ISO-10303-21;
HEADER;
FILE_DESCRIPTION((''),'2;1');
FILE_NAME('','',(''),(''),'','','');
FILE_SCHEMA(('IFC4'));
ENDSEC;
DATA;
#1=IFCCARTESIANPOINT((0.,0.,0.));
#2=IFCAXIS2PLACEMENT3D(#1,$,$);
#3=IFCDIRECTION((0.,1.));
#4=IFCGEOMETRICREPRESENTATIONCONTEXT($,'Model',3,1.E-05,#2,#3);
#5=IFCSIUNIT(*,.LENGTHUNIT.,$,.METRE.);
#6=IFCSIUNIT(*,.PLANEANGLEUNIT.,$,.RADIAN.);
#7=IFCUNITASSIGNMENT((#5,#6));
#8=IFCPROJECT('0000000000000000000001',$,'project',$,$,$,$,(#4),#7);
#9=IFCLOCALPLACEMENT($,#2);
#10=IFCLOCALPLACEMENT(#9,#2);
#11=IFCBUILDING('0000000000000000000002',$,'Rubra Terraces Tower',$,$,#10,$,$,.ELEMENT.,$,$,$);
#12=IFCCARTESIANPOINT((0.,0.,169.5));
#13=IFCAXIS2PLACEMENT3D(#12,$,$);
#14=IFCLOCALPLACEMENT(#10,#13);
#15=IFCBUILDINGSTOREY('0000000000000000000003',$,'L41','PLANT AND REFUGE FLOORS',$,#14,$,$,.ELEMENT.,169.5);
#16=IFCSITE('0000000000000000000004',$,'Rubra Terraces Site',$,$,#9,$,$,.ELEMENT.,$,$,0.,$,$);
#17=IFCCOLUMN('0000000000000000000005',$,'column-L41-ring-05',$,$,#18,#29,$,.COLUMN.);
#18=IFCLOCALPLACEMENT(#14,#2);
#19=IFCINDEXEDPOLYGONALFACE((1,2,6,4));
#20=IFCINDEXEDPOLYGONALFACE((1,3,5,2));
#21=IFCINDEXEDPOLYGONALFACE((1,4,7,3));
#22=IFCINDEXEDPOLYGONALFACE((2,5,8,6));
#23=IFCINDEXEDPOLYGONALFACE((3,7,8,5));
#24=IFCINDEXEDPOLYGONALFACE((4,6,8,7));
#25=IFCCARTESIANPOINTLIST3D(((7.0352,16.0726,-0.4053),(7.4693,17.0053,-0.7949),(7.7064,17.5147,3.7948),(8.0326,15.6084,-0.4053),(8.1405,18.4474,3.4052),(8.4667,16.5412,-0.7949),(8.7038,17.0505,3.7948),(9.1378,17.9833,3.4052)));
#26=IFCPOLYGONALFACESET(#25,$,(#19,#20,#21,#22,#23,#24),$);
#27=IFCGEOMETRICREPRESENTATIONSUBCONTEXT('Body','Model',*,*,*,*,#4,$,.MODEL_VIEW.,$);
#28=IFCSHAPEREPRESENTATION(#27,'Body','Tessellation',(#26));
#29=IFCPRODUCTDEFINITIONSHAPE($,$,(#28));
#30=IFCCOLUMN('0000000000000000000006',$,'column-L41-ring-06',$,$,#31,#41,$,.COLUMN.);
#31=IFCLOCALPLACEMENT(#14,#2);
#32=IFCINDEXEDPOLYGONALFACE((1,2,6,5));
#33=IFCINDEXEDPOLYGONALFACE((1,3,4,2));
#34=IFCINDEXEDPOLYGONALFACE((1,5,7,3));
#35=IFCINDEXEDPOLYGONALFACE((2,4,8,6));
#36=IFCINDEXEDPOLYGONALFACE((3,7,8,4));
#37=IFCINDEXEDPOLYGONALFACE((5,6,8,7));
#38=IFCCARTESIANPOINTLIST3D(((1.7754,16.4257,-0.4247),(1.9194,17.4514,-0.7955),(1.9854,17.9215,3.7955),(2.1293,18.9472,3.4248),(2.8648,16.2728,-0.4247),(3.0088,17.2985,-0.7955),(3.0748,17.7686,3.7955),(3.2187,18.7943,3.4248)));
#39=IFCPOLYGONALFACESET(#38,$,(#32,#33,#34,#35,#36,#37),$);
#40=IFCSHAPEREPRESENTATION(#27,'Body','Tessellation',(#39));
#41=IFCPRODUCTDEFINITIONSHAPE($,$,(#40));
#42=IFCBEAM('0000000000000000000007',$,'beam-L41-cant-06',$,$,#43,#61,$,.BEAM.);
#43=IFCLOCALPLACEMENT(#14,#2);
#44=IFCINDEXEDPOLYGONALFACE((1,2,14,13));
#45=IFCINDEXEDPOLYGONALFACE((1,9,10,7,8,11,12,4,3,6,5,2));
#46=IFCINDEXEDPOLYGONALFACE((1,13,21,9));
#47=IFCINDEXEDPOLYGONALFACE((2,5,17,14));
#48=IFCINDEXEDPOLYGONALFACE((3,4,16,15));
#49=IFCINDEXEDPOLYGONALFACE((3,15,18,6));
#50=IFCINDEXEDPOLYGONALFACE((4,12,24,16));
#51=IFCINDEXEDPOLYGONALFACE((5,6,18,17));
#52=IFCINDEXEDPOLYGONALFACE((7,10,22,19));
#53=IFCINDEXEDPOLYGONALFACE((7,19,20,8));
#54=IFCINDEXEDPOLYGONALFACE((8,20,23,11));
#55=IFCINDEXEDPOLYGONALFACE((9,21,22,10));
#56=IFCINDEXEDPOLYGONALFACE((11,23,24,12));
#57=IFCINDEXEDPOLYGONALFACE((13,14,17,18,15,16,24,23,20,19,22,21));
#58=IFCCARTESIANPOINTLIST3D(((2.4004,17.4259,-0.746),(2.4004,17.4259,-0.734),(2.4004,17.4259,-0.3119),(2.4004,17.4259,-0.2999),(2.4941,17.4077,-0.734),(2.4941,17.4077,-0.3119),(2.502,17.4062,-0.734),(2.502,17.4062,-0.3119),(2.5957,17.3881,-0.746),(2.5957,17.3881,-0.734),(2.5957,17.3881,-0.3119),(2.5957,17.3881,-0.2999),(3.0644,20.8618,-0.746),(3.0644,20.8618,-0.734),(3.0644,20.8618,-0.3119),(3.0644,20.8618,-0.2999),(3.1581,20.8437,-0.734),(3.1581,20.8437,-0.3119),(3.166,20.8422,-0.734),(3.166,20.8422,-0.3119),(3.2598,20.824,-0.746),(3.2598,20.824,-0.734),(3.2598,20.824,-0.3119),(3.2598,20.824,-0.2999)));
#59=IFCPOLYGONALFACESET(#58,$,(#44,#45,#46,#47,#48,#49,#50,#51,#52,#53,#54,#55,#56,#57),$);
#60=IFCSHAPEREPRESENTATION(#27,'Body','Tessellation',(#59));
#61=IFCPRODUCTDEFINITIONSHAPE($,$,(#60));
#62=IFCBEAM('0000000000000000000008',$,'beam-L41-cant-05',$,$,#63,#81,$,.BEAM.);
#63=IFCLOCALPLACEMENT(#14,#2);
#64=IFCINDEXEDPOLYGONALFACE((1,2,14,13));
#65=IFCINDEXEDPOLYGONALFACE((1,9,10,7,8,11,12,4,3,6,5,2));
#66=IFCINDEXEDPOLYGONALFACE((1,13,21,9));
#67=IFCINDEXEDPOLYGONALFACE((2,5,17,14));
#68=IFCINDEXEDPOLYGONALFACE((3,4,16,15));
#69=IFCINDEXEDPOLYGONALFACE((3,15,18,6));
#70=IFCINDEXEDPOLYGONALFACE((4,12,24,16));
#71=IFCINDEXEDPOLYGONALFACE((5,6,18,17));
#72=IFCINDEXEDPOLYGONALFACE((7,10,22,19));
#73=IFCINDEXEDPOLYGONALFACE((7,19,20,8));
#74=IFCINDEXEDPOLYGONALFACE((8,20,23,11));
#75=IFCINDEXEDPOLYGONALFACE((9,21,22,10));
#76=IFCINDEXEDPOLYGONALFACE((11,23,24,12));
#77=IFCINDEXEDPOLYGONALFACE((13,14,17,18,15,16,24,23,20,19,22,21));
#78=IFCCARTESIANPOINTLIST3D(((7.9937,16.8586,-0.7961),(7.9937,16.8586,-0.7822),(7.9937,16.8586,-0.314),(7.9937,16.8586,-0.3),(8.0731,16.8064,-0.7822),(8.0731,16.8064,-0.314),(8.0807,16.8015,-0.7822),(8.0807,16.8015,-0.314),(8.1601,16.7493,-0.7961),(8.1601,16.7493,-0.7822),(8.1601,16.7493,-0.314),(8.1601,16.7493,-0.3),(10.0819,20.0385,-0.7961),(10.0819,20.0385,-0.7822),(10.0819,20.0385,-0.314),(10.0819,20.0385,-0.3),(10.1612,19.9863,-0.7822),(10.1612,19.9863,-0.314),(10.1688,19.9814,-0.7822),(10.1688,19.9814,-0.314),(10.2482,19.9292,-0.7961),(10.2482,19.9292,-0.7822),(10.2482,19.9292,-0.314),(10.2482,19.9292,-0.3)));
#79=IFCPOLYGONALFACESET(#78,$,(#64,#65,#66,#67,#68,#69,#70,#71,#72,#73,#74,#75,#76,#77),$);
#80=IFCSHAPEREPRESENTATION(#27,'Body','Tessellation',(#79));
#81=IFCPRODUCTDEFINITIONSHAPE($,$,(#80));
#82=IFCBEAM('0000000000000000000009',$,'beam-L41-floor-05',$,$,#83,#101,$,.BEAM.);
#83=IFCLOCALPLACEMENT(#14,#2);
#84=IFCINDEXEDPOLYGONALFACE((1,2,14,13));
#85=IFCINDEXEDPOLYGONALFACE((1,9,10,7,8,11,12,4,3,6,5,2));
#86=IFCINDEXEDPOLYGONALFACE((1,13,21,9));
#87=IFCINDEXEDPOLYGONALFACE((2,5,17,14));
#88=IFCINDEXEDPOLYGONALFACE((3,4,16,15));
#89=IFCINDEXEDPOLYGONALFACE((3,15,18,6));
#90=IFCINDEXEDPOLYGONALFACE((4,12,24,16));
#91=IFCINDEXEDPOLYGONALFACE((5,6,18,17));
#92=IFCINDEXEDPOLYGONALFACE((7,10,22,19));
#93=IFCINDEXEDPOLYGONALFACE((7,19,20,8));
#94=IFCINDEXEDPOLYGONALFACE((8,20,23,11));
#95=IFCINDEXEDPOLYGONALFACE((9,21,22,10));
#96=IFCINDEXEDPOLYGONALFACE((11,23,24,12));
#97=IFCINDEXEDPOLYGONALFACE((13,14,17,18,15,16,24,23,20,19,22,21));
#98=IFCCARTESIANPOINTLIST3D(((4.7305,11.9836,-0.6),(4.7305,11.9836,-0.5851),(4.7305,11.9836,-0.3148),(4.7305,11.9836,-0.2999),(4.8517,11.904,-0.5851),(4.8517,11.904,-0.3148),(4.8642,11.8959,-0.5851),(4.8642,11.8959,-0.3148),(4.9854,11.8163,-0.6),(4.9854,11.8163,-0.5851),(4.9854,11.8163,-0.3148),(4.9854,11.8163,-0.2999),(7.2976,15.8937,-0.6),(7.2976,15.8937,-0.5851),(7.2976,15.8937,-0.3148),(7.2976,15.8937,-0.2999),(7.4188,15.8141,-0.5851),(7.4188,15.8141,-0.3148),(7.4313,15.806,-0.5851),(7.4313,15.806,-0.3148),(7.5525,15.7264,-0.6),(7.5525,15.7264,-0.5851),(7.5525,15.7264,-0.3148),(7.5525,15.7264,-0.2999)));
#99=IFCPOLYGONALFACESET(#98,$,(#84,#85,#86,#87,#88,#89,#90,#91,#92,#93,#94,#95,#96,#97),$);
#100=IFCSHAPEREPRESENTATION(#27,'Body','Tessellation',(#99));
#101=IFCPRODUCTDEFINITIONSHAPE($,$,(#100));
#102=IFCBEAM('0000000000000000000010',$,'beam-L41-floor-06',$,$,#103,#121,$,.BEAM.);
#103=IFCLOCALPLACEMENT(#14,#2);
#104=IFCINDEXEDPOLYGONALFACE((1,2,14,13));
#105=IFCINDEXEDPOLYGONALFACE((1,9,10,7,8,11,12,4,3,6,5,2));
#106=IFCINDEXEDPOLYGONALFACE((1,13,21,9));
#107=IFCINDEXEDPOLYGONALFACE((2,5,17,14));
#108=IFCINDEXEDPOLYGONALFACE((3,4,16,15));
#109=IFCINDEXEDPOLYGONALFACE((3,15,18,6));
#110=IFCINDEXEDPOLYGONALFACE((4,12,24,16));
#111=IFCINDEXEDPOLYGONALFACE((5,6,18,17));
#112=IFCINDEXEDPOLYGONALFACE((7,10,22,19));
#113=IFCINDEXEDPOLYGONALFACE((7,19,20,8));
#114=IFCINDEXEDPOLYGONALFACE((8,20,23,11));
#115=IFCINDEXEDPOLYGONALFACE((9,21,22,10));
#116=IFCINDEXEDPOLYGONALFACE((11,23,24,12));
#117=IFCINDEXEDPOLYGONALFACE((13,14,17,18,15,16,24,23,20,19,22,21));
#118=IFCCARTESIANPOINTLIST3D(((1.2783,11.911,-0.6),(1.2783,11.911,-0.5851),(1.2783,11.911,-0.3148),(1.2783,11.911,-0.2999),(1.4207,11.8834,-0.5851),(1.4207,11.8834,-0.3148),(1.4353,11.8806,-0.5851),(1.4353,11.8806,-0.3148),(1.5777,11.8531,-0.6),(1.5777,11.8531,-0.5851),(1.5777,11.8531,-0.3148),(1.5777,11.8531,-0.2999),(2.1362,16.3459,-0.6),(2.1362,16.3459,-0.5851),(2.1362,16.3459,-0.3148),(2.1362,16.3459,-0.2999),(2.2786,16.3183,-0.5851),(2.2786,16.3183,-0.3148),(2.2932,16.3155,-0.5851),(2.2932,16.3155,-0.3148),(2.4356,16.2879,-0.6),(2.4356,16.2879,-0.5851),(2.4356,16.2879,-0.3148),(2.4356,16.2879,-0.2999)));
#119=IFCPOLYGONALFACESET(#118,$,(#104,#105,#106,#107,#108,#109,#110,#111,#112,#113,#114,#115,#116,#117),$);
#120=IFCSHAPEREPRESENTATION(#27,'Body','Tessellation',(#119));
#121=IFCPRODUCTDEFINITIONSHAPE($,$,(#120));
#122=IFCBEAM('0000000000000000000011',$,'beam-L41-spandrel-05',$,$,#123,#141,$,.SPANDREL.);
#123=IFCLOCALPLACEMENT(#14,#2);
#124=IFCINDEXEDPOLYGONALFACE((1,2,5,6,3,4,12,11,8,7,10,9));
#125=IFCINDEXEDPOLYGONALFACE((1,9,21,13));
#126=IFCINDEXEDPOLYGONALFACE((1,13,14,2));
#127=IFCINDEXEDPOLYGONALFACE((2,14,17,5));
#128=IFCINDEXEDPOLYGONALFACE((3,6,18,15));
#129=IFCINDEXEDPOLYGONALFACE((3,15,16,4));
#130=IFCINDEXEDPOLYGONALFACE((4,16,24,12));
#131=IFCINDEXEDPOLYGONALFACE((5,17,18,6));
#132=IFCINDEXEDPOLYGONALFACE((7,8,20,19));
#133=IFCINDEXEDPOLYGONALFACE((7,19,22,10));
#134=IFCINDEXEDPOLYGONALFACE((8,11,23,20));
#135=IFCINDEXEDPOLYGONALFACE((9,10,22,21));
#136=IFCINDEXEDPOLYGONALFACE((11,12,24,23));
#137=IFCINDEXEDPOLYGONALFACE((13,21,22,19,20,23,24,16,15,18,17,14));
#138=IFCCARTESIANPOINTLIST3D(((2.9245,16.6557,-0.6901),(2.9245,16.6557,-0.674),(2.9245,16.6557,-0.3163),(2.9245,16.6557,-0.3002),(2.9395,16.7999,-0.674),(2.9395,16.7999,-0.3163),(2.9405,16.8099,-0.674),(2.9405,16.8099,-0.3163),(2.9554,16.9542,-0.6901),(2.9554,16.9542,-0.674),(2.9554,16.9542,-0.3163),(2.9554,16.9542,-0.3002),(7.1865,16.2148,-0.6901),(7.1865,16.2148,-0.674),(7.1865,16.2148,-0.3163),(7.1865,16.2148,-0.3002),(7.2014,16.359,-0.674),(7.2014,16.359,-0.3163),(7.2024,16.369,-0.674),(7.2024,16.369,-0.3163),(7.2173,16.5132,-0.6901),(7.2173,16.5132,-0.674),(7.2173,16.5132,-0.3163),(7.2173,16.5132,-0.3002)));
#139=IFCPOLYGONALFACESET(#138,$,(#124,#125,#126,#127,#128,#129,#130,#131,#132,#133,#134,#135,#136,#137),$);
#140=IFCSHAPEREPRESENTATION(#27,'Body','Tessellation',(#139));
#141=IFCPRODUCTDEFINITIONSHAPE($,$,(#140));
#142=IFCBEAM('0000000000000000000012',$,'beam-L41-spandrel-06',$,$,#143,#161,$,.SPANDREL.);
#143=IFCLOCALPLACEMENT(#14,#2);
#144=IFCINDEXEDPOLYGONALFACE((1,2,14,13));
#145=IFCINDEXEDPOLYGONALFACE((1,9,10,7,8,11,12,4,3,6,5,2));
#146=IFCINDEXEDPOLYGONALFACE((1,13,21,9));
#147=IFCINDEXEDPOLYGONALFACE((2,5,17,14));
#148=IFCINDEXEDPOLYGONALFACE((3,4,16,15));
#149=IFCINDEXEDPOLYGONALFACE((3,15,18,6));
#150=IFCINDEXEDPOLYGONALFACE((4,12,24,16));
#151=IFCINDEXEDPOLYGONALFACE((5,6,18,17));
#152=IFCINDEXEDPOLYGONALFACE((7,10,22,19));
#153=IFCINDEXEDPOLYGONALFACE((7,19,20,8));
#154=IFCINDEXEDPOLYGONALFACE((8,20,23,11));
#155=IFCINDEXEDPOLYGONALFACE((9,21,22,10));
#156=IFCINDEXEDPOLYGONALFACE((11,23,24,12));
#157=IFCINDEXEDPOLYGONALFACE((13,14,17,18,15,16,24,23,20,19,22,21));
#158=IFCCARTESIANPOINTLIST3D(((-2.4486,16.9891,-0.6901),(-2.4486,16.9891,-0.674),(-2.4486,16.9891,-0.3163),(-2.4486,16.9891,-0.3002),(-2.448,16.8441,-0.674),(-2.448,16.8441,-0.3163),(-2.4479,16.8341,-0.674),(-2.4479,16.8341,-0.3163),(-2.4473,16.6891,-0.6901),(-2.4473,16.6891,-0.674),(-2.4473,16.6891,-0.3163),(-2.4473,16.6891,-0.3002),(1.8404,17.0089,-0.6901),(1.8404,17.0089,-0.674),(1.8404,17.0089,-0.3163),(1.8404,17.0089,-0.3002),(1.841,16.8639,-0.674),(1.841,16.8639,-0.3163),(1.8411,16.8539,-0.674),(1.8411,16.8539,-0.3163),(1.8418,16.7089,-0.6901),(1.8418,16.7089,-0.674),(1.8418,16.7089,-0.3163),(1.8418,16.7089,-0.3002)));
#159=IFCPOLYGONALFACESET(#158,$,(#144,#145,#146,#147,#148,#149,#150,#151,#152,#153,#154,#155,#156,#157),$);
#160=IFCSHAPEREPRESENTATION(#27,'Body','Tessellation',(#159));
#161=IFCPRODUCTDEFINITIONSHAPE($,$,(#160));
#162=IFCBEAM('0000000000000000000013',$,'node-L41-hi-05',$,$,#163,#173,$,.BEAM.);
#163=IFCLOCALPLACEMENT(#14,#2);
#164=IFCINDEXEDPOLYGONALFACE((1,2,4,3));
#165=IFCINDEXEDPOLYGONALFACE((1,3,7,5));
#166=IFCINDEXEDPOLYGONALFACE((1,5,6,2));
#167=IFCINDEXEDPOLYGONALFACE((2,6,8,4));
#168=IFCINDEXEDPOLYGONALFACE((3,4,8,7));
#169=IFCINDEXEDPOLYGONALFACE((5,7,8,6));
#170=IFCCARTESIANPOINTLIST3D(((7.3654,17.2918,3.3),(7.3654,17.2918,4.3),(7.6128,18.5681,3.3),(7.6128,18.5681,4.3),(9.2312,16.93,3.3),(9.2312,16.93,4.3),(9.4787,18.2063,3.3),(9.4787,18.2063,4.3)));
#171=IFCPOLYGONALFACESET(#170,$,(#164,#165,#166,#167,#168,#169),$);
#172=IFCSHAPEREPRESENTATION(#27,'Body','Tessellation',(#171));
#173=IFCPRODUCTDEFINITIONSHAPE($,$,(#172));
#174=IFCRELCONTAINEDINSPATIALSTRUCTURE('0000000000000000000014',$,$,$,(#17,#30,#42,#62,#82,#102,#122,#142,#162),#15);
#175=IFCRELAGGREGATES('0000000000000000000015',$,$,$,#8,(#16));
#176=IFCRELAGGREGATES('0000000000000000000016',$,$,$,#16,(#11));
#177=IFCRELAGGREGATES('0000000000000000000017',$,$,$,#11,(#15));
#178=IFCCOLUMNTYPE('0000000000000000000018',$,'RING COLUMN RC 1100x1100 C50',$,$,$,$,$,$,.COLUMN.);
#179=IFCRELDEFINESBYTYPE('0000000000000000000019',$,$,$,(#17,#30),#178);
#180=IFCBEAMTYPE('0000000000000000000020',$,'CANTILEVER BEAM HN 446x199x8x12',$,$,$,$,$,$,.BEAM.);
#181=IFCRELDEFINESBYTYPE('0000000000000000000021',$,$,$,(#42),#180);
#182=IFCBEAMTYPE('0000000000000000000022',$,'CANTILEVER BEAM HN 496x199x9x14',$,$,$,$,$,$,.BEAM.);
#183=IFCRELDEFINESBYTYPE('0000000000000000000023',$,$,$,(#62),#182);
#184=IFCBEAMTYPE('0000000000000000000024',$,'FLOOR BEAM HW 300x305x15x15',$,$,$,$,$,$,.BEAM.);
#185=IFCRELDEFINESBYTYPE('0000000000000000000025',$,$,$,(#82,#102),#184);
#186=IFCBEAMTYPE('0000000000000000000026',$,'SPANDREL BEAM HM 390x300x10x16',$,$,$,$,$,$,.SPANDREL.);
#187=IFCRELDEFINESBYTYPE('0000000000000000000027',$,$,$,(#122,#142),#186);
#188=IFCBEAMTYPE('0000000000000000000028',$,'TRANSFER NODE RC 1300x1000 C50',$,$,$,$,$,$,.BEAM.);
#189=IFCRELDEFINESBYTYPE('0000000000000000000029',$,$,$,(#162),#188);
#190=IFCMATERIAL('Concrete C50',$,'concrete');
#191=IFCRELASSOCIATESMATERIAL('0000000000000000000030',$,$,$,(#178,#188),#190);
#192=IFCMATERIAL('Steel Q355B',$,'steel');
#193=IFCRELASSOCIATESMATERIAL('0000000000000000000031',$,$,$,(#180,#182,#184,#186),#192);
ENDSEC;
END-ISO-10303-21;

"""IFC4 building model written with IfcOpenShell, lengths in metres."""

from ifc_helpers import new_model, si_unit, direction, frame, origin, origin_2d, place, context, subcontext, project, spatial, rectangle, i_section, extrude, material, material_profile, profile_set, type_object, element, save


model = new_model("IFC4")

# Units and contexts
model_context = context("Model", 3, precision=1e-05, world=origin(), true_north=direction((0.0, 1.0)))
body_context = subcontext(model_context, "Body", "Model", "MODEL_VIEW")
ifc_project = project(units=[si_unit("LENGTHUNIT", "METRE"), si_unit("PLANEANGLEUNIT", "RADIAN")], contexts=[model_context])

# Site, building, storey
site_placement = place(None, origin())
site = spatial("IfcSite", under=ifc_project, at=site_placement, Name="Rubra Terraces Site", CompositionType="ELEMENT", RefElevation=0.0)
building_placement = place(site_placement, origin())
building = spatial("IfcBuilding", under=site, at=building_placement, Name="Rubra Terraces Tower", CompositionType="ELEMENT")
storey_placement = place(building_placement, frame((0.0, 0.0, 169.5)))
storey = spatial("IfcBuildingStorey", under=building, at=storey_placement, Name="L41", Description="PLANT AND REFUGE FLOORS", CompositionType="ELEMENT", Elevation=169.5)

# Columns
ifc_material_1 = material(Name="Concrete C50", Category="concrete")
ifc_material_profile_1 = material_profile(ifc_material_1, rectangle(XDim=1.1001, YDim=1.1001, at=origin_2d()), Name="RC 1100x1100")
ifc_profile_set_1 = profile_set([ifc_material_profile_1], Name="Concrete C50")
column_type = type_object("IfcColumnType", Name="RING COLUMN RC 1100x1100 C50", PredefinedType="COLUMN", material=ifc_profile_set_1)
column_1_placement = place(storey_placement, frame((7.751, 16.3069, -0.6001), z_axis=(0.149431, 0.321096, 0.935183), x_axis=(-0.90663, 0.421927, 0.0)))
element("IfcColumn", 1, at=column_1_placement, inside=storey, type_object=column_type, Name="column-L41-ring-05", PredefinedType="COLUMN", context=body_context, shape_type="SweptSolid", body=[
    extrude(rectangle(XDim=1.1001, YDim=1.1001, at=origin_2d()), origin(), (0.0, 0.0, 1.0), 4.4912),
])
column_2_placement = place(storey_placement, frame((2.3921, 16.8621, -0.6101), z_axis=(0.046841, 0.333717, 0.941509), x_axis=(-0.990292, 0.139, 0.0)))
element("IfcColumn", 2, at=column_2_placement, inside=storey, type_object=column_type, Name="column-L41-ring-06", PredefinedType="COLUMN", context=body_context, shape_type="SweptSolid", body=[
    extrude(rectangle(XDim=1.1001, YDim=1.1001, at=origin_2d()), origin(), (0.0, 0.0, 1.0), 4.4824),
])

# Beams
ifc_material_2 = material(Name="Steel Q355B", Category="steel")
ifc_material_profile_2 = material_profile(ifc_material_2, i_section(OverallWidth=0.199, OverallDepth=0.446, WebThickness=0.0081, FlangeThickness=0.012, at=origin_2d()), Name="HN 446x199x8x12")
ifc_profile_set_2 = profile_set([ifc_material_profile_2], Name="Steel Q355B")
beam_type_1 = type_object("IfcBeamType", Name="CANTILEVER BEAM HN 446x199x8x12", PredefinedType="BEAM", material=ifc_profile_set_2)
beam_1_placement = place(storey_placement, frame((2.498, 17.407, -0.5229), z_axis=(0.189753, 0.981832, 0.0), x_axis=(-0.981832, 0.189753, 0.0)))
element("IfcBeam", 3, at=beam_1_placement, inside=storey, type_object=beam_type_1, Name="beam-L41-cant-06", PredefinedType="BEAM", context=body_context, shape_type="SweptSolid", body=[
    extrude(i_section(OverallWidth=0.199, OverallDepth=0.446, WebThickness=0.0081, FlangeThickness=0.012, at=origin_2d()), origin(), (0.0, 0.0, 1.0), 3.4995),
])
ifc_material_profile_3 = material_profile(ifc_material_2, i_section(OverallWidth=0.199, OverallDepth=0.4961, WebThickness=0.009, FlangeThickness=0.0139, at=origin_2d()), Name="HN 496x199x9x14")
ifc_profile_set_3 = profile_set([ifc_material_profile_3], Name="Steel Q355B")
beam_type_2 = type_object("IfcBeamType", Name="CANTILEVER BEAM HN 496x199x9x14", PredefinedType="BEAM", material=ifc_profile_set_3)
beam_2_placement = place(storey_placement, frame((8.0769, 16.804, -0.5481), z_axis=(0.548896, 0.835891, 0.0), x_axis=(-0.835891, 0.548896, 0.0)))
element("IfcBeam", 4, at=beam_2_placement, inside=storey, type_object=beam_type_2, Name="beam-L41-cant-05", PredefinedType="BEAM", context=body_context, shape_type="SweptSolid", body=[
    extrude(i_section(OverallWidth=0.199, OverallDepth=0.4961, WebThickness=0.009, FlangeThickness=0.0139, at=origin_2d()), origin(), (0.0, 0.0, 1.0), 3.8042),
])
ifc_material_profile_4 = material_profile(ifc_material_2, i_section(OverallWidth=0.3049, OverallDepth=0.3, WebThickness=0.0149, FlangeThickness=0.0149, at=origin_2d()), Name="HW 300x305x15x15")
ifc_profile_set_4 = profile_set([ifc_material_profile_4], Name="Steel Q355B")
beam_type_3 = type_object("IfcBeamType", Name="FLOOR BEAM HW 300x305x15x15", PredefinedType="BEAM", material=ifc_profile_set_4)
beam_3_placement = place(storey_placement, frame((7.425, 15.8101, -0.45), z_axis=(-0.548821, -0.83594, 0.0), x_axis=(0.83594, -0.548821, 0.0)))
element("IfcBeam", 5, at=beam_3_placement, inside=storey, type_object=beam_type_3, Name="beam-L41-floor-05", PredefinedType="BEAM", context=body_context, shape_type="SweptSolid", body=[
    extrude(i_section(OverallWidth=0.3049, OverallDepth=0.3, WebThickness=0.0149, FlangeThickness=0.0149, at=origin_2d()), origin(), (0.0, 0.0, 1.0), 4.6775),
])
beam_4_placement = place(storey_placement, frame((2.2859, 16.3169, -0.45), z_axis=(-0.189928, -0.981798, 0.0), x_axis=(0.981798, -0.189928, 0.0)))
element("IfcBeam", 6, at=beam_4_placement, inside=storey, type_object=beam_type_3, Name="beam-L41-floor-06", PredefinedType="BEAM", context=body_context, shape_type="SweptSolid", body=[
    extrude(i_section(OverallWidth=0.3049, OverallDepth=0.3, WebThickness=0.0149, FlangeThickness=0.0149, at=origin_2d()), origin(), (0.0, 0.0, 1.0), 4.5171),
])
ifc_material_profile_5 = material_profile(ifc_material_2, i_section(OverallWidth=0.3, OverallDepth=0.3899, WebThickness=0.01, FlangeThickness=0.0161, at=origin_2d()), Name="HM 390x300x10x16")
ifc_profile_set_5 = profile_set([ifc_material_profile_5], Name="Steel Q355B")
beam_type_4 = type_object("IfcBeamType", Name="SPANDREL BEAM HM 390x300x10x16", PredefinedType="SPANDREL", material=ifc_profile_set_5)
beam_5_placement = place(storey_placement, frame((7.2019, 16.364, -0.4951), z_axis=(-0.994691, 0.102905, 0.0), x_axis=(-0.102905, -0.994691, 0.0)))
element("IfcBeam", 7, at=beam_5_placement, inside=storey, type_object=beam_type_4, Name="beam-L41-spandrel-05", PredefinedType="SPANDREL", context=body_context, shape_type="SweptSolid", body=[
    extrude(i_section(OverallWidth=0.3, OverallDepth=0.3899, WebThickness=0.01, FlangeThickness=0.0161, at=origin_2d()), origin(), (0.0, 0.0, 1.0), 4.2847),
])
beam_6_placement = place(storey_placement, frame((1.8411, 16.8589, -0.4951), z_axis=(-0.999989, -0.004611, 0.0), x_axis=(0.004611, -0.999989, 0.0)))
element("IfcBeam", 8, at=beam_6_placement, inside=storey, type_object=beam_type_4, Name="beam-L41-spandrel-06", PredefinedType="SPANDREL", context=body_context, shape_type="SweptSolid", body=[
    extrude(i_section(OverallWidth=0.3, OverallDepth=0.3899, WebThickness=0.01, FlangeThickness=0.0161, at=origin_2d()), origin(), (0.0, 0.0, 1.0), 4.2891),
])
ifc_material_profile_6 = material_profile(ifc_material_1, rectangle(XDim=1.3, YDim=1.0, at=origin_2d()), Name="RC 1300x1000")
ifc_profile_set_6 = profile_set([ifc_material_profile_6], Name="Concrete C50")
beam_type_5 = type_object("IfcBeamType", Name="TRANSFER NODE RC 1300x1000 C50", PredefinedType="BEAM", material=ifc_profile_set_6)
beam_7_placement = place(storey_placement, frame((9.355, 17.5681, 3.8), z_axis=(-0.981715, 0.190357, 0.0), x_axis=(-0.190357, -0.981715, 0.0)))
element("IfcBeam", 9, at=beam_7_placement, inside=storey, type_object=beam_type_5, Name="node-L41-hi-05", PredefinedType="BEAM", context=body_context, shape_type="SweptSolid", body=[
    extrude(rectangle(XDim=1.3, YDim=1.0, at=origin_2d()), origin(), (0.0, 0.0, 1.0), 1.9006),
])

save(model, "model.ifc")
